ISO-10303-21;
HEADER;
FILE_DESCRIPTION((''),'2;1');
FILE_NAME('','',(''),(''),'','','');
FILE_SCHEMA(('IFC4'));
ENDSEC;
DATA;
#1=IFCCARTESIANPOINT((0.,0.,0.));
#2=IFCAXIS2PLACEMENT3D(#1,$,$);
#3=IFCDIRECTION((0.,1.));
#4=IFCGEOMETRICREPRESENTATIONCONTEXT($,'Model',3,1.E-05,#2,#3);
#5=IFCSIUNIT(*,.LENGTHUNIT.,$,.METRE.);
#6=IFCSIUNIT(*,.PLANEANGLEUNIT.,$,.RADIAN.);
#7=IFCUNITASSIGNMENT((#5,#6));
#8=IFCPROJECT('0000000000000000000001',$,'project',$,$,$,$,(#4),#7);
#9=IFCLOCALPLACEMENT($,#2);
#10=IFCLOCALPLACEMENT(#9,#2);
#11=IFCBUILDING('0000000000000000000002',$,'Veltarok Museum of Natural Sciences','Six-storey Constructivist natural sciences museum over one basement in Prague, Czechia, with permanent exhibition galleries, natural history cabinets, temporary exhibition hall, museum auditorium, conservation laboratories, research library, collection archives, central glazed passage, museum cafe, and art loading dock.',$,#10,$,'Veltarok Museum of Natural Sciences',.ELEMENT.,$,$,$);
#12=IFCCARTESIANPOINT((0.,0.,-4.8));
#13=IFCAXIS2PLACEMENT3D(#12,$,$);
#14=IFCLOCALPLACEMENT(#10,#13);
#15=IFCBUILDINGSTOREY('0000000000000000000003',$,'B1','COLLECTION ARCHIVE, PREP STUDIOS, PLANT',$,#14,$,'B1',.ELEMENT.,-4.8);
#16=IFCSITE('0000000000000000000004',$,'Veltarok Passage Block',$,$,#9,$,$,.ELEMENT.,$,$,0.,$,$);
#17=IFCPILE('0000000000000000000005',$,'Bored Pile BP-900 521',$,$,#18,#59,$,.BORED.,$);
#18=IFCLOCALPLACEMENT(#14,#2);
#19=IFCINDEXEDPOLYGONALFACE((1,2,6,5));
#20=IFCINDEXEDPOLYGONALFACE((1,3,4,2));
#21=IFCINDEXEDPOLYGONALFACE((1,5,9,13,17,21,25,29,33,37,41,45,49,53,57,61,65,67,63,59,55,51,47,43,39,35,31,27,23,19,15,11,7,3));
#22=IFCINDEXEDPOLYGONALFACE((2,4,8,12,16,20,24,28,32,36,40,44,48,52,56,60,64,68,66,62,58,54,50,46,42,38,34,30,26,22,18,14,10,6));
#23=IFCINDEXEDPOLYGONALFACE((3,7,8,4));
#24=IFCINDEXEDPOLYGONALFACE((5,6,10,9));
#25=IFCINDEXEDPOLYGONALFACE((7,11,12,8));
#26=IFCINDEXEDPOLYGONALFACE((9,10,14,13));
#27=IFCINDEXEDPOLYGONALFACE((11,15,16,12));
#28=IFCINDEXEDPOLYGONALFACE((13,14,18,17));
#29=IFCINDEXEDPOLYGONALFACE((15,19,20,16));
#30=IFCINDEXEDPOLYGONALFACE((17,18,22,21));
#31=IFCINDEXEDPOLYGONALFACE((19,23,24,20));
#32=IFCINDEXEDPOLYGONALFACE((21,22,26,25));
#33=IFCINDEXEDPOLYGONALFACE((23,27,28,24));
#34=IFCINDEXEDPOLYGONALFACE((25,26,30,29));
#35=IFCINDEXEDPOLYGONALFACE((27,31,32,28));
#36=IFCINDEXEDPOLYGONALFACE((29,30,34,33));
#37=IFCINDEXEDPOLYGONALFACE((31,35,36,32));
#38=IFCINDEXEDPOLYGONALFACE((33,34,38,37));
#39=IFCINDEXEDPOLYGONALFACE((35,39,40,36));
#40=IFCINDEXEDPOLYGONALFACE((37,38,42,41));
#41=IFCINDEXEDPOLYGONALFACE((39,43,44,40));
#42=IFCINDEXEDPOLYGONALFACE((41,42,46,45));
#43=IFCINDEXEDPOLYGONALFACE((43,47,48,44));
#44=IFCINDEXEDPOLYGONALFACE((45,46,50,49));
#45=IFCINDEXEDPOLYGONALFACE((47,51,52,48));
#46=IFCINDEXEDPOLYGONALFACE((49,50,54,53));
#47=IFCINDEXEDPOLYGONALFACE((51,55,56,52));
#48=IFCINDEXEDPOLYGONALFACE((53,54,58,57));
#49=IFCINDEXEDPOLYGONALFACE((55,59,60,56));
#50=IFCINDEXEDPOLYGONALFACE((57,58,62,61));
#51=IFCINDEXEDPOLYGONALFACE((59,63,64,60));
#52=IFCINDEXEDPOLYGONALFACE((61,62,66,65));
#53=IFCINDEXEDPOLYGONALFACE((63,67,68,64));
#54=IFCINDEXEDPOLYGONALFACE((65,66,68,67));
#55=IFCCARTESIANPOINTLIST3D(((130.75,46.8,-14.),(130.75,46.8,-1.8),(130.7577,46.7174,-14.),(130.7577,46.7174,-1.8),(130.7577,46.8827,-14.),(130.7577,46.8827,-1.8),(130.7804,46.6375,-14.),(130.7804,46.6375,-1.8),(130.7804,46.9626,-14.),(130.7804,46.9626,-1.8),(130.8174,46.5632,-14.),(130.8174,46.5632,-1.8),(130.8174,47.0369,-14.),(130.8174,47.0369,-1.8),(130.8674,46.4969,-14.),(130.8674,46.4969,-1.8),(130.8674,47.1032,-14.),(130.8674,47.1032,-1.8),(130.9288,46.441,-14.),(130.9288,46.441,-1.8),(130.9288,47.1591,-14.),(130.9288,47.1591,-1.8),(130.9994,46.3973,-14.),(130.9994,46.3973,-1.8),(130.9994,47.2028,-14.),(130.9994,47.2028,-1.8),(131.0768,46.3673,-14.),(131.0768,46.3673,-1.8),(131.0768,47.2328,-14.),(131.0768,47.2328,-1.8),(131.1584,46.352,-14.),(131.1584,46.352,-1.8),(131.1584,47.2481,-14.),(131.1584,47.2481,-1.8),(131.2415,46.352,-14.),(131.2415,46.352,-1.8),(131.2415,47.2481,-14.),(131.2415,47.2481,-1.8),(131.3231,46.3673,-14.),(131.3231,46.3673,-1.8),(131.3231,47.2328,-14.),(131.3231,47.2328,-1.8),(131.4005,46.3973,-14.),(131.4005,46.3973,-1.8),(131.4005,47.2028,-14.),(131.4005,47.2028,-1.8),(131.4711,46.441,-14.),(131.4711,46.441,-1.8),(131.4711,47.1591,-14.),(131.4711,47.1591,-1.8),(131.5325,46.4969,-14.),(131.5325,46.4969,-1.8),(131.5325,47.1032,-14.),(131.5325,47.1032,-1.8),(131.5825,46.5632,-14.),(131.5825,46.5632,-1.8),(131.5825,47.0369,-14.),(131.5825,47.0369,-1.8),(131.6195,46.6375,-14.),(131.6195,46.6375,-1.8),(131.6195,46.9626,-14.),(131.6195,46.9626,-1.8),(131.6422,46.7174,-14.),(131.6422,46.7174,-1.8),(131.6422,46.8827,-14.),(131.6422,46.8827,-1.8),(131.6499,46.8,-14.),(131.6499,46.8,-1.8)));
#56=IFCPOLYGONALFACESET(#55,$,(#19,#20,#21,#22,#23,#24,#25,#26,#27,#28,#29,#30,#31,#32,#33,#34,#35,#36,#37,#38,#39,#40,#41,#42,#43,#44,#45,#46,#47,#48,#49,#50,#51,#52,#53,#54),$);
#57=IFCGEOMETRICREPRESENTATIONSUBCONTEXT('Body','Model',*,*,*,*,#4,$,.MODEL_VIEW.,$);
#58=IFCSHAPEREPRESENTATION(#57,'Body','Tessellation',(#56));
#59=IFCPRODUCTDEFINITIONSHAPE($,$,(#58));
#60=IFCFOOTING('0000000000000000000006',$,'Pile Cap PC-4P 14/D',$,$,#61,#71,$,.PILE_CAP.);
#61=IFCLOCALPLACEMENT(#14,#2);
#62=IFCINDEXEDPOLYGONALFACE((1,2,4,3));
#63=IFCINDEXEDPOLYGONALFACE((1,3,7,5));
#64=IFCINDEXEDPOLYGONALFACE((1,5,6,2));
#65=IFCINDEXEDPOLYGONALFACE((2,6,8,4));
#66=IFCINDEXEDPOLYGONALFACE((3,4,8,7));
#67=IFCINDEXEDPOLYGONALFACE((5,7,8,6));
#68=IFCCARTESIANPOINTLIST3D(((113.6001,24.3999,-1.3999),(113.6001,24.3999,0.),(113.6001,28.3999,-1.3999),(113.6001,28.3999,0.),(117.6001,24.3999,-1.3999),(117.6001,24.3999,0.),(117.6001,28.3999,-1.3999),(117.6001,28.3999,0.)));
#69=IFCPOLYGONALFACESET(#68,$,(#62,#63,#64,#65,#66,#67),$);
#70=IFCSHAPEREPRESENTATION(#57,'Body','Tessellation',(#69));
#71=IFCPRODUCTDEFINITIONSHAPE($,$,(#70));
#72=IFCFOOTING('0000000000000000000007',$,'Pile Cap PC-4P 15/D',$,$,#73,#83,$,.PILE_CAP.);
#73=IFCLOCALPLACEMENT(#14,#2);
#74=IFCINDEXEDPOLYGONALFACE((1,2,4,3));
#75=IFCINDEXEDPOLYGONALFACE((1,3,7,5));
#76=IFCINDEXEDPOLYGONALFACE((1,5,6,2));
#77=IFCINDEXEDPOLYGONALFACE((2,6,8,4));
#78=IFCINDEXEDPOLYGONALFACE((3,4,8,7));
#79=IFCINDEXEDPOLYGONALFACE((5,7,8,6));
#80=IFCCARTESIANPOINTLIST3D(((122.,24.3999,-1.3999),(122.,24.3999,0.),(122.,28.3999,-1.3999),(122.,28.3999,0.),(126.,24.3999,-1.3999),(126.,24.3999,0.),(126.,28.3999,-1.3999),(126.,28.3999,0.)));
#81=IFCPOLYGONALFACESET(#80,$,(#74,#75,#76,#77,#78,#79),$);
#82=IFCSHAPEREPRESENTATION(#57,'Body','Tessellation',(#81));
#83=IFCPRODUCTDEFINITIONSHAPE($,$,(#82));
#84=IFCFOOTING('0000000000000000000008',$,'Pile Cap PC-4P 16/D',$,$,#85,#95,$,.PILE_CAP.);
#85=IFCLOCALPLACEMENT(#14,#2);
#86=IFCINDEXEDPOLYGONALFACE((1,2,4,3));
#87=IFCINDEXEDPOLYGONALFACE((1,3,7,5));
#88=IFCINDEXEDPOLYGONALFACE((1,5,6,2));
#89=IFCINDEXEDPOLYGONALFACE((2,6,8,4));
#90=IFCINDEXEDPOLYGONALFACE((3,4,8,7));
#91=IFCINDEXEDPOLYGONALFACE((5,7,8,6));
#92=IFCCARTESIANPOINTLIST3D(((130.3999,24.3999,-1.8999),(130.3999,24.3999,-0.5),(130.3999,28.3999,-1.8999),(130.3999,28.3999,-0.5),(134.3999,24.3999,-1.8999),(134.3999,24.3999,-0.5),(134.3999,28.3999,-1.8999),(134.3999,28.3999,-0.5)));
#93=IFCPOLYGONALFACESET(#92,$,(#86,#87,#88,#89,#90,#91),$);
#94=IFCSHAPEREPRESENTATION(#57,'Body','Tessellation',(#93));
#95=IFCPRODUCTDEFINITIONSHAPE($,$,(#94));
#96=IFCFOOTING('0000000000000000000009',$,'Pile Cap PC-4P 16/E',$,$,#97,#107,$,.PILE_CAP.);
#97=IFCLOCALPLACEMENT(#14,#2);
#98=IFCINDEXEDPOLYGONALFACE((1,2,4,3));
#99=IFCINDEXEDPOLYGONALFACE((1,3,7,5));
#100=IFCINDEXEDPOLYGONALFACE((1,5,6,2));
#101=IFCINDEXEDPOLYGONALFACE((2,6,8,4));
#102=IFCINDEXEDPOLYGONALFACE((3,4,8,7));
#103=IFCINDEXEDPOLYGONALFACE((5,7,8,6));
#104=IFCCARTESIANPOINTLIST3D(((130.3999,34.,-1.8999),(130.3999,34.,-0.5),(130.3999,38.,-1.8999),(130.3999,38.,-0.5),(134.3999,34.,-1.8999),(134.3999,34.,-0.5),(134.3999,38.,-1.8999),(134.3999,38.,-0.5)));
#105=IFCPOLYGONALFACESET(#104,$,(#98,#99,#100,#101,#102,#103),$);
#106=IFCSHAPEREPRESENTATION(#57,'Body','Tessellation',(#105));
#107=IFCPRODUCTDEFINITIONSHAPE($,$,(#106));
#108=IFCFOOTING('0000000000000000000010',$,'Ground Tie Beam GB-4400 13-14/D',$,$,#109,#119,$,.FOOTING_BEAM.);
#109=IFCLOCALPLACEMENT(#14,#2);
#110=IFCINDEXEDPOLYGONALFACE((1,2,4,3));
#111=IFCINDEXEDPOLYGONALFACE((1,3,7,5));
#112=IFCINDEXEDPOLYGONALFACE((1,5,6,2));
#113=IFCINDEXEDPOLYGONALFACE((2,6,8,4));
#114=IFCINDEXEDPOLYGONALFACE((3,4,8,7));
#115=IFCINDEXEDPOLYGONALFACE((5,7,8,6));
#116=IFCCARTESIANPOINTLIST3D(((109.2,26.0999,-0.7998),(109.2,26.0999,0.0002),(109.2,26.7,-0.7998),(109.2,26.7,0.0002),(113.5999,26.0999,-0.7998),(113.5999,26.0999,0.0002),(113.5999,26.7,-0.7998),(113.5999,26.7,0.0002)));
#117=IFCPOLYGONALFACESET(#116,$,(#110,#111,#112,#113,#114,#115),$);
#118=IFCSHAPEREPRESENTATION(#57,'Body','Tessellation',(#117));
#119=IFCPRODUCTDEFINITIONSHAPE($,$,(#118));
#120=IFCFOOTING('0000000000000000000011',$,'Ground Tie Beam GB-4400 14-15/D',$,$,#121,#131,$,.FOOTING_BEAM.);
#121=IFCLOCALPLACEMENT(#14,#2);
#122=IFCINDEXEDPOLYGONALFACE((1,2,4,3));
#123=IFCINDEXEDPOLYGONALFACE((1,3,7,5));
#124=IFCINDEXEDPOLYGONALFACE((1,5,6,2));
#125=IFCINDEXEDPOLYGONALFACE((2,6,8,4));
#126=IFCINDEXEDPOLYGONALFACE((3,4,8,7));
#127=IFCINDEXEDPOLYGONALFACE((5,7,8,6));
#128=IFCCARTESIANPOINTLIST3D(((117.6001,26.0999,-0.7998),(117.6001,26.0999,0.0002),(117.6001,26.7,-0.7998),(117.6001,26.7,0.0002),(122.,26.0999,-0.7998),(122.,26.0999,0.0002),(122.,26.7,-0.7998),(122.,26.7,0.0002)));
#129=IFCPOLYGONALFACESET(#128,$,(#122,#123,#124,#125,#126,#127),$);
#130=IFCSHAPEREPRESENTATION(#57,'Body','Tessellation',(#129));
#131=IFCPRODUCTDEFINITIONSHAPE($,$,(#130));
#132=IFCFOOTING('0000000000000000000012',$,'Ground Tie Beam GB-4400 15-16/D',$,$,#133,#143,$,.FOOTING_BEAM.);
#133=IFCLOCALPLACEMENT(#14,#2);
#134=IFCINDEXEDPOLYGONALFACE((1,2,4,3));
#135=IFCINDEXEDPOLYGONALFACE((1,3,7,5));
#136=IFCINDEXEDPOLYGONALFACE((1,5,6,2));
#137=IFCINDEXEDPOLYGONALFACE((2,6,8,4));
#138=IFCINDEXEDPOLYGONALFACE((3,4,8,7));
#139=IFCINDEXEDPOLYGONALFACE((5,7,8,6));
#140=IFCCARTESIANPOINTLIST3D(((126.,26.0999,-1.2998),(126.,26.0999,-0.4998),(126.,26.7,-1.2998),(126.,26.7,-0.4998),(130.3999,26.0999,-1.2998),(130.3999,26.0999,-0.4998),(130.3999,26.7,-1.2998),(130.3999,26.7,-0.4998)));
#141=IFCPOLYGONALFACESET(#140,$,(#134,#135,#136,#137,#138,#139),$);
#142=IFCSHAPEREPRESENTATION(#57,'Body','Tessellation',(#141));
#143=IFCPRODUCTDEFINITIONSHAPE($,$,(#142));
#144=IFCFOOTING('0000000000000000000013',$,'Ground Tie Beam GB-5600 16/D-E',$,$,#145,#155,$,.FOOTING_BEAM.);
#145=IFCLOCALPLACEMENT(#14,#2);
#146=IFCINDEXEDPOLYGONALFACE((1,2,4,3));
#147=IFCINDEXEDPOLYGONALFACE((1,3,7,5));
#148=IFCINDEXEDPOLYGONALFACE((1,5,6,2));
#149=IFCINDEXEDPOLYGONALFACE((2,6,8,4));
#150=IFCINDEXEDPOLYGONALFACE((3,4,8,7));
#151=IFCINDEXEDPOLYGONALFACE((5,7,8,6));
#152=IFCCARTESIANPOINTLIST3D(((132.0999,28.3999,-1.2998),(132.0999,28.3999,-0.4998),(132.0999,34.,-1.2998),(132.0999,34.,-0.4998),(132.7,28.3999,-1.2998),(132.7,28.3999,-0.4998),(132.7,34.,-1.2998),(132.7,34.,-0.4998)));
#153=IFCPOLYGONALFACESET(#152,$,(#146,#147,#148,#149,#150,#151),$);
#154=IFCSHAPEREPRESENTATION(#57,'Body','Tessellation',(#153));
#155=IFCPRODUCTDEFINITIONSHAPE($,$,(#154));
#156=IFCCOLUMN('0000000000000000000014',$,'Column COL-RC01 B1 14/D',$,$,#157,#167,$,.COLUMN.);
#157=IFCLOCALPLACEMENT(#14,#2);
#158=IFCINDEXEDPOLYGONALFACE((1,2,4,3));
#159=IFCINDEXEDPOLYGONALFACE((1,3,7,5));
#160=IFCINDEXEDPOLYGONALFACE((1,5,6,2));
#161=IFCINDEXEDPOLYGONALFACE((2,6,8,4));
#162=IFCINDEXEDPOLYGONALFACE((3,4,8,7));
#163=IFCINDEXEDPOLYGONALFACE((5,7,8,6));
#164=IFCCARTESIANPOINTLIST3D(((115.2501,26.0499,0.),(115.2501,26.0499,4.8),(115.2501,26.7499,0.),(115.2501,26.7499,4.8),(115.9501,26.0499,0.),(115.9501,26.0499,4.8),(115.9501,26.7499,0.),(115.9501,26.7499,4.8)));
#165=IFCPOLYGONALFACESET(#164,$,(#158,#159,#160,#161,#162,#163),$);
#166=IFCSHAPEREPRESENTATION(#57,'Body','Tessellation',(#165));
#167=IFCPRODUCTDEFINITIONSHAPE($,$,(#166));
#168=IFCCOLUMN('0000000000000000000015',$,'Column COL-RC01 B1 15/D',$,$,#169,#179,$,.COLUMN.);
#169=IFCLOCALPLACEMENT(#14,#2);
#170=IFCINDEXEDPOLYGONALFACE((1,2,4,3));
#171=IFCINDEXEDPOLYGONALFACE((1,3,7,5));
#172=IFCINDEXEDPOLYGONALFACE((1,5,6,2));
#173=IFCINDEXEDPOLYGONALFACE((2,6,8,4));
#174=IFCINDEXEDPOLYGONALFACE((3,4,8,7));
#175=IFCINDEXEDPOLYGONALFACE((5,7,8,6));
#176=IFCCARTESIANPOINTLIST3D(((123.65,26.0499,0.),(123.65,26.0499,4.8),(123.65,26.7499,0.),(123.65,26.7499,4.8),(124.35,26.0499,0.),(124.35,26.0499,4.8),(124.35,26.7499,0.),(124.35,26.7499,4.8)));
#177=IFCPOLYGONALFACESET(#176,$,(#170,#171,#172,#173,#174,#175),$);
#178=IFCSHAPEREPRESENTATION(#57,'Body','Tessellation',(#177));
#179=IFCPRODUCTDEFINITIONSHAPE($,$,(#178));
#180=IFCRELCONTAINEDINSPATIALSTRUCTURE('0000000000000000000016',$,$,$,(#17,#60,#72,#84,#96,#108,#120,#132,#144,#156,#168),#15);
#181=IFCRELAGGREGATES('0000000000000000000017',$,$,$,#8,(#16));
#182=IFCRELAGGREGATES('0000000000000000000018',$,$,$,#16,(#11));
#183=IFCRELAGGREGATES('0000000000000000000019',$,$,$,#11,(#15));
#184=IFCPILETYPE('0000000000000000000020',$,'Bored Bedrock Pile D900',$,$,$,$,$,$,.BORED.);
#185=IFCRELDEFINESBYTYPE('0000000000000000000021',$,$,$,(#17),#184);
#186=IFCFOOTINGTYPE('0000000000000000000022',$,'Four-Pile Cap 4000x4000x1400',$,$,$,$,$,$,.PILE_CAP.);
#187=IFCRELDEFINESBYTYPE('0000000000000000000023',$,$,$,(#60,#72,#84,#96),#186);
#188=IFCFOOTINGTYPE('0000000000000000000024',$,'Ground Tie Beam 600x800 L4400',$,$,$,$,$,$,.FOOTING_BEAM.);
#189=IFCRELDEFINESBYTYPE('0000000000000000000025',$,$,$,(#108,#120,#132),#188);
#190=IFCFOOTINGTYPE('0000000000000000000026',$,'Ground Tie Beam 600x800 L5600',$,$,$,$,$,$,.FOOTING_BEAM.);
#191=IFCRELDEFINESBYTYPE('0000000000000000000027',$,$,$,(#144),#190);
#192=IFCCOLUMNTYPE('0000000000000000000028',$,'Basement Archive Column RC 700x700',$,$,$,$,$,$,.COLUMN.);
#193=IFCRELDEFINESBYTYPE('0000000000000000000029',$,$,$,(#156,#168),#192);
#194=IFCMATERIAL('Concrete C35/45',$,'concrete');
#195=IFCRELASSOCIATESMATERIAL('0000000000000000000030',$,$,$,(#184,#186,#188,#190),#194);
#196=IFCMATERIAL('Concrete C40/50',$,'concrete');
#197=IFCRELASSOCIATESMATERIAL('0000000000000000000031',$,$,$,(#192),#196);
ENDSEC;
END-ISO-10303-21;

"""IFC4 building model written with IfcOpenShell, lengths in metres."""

from ifc_helpers import new_model, si_unit, direction, frame, origin, origin_2d, place, context, subcontext, project, spatial, rectangle, circle, extrude, material, material_profile, profile_set, type_object, element, save


model = new_model("IFC4")

# Units and contexts
model_context = context("Model", 3, precision=1e-05, world=origin(), true_north=direction((0.0, 1.0)))
body_context = subcontext(model_context, "Body", "Model", "MODEL_VIEW")
ifc_project = project(units=[si_unit("LENGTHUNIT", "METRE"), si_unit("PLANEANGLEUNIT", "RADIAN")], contexts=[model_context])

# Site, building, storey
site_placement = place(None, origin())
site = spatial("IfcSite", under=ifc_project, at=site_placement, Name="Veltarok Passage Block", CompositionType="ELEMENT", RefElevation=0.0)
building_placement = place(site_placement, origin())
building = spatial("IfcBuilding", under=site, at=building_placement, Name="Veltarok Museum of Natural Sciences", Description="Six-storey Constructivist natural sciences museum over one basement in Prague, Czechia, with permanent exhibition galleries, natural history cabinets, temporary exhibition hall, museum auditorium, conservation laboratories, research library, collection archives, central glazed passage, museum cafe, and art loading dock.", LongName="Veltarok Museum of Natural Sciences", CompositionType="ELEMENT")
storey_placement = place(building_placement, frame((0.0, 0.0, -4.8)))
storey = spatial("IfcBuildingStorey", under=building, at=storey_placement, Name="B1", Description="COLLECTION ARCHIVE, PREP STUDIOS, PLANT", LongName="B1", CompositionType="ELEMENT", Elevation=-4.8)

# Pile
ifc_material_1 = material(Name="Concrete C35/45", Category="concrete")
ifc_material_profile_1 = material_profile(ifc_material_1, circle(Radius=0.45, at=origin_2d()), Name="BP D900")
ifc_profile_set_1 = profile_set([ifc_material_profile_1], Name="Concrete C35/45")
pile_type = type_object("IfcPileType", Name="Bored Bedrock Pile D900", PredefinedType="BORED", material=ifc_profile_set_1)
for number, where, z_axis, x_axis, name in (
    (1, (131.2, 46.8, -1.8), (0.0, 0.0, -1.0), (1.0, 0.0, 0.0), "Bored Pile BP-900 521"),
):
    element("IfcPile", number, at=place(storey_placement, frame(where, z_axis=z_axis, x_axis=x_axis)), inside=storey, type_object=pile_type, Name=name, PredefinedType="BORED", context=body_context, shape_type="SweptSolid", body=[
        extrude(circle(Radius=0.45, at=origin_2d()), origin(), (0.0, 0.0, 1.0), 12.2),
    ])

# Footings
footing_type_1 = type_object("IfcFootingType", Name="Four-Pile Cap 4000x4000x1400", PredefinedType="PILE_CAP", material=ifc_material_1)
for number, where, z_axis, x_axis, name in (
    (2, (115.6001, 26.3999, -1.3999), (0.0, 0.0, 1.0), (1.0, 0.0, 0.0), "Pile Cap PC-4P 14/D"),
    (3, (124.0, 26.3999, -1.3999), (0.0, 0.0, 1.0), (1.0, 0.0, 0.0), "Pile Cap PC-4P 15/D"),
    (4, (132.3999, 26.3999, -1.8999), (0.0, 0.0, 1.0), (1.0, 0.0, 0.0), "Pile Cap PC-4P 16/D"),
    (5, (132.3999, 36.0, -1.8999), (0.0, 0.0, 1.0), (1.0, 0.0, 0.0), "Pile Cap PC-4P 16/E"),
):
    element("IfcFooting", number, at=place(storey_placement, frame(where, z_axis=z_axis, x_axis=x_axis)), inside=storey, type_object=footing_type_1, Name=name, PredefinedType="PILE_CAP", context=body_context, shape_type="SweptSolid", body=[
        extrude(rectangle(XDim=4.0, YDim=4.0, at=origin_2d()), origin(), (0.0, 0.0, 1.0), 1.3999),
    ])
footing_type_2 = type_object("IfcFootingType", Name="Ground Tie Beam 600x800 L4400", PredefinedType="FOOTING_BEAM", material=ifc_material_1)
for number, where, z_axis, x_axis, name in (
    (6, (111.3999, 26.3999, -0.7998), (0.0, 0.0, 1.0), (1.0, 0.0, 0.0), "Ground Tie Beam GB-4400 13-14/D"),
    (7, (119.8, 26.3999, -0.7998), (0.0, 0.0, 1.0), (1.0, 0.0, 0.0), "Ground Tie Beam GB-4400 14-15/D"),
    (8, (128.2, 26.3999, -1.2998), (0.0, 0.0, 1.0), (1.0, 0.0, 0.0), "Ground Tie Beam GB-4400 15-16/D"),
):
    element("IfcFooting", number, at=place(storey_placement, frame(where, z_axis=z_axis, x_axis=x_axis)), inside=storey, type_object=footing_type_2, Name=name, PredefinedType="FOOTING_BEAM", context=body_context, shape_type="SweptSolid", body=[
        extrude(rectangle(XDim=4.3999, YDim=0.6001, at=origin_2d()), origin(), (0.0, 0.0, 1.0), 0.8),
    ])
footing_type_3 = type_object("IfcFootingType", Name="Ground Tie Beam 600x800 L5600", PredefinedType="FOOTING_BEAM", material=ifc_material_1)
footing_placement = place(storey_placement, frame((132.3999, 31.2, -1.2998), z_axis=(0.0, 0.0, 1.0), x_axis=(0.0, 1.0, 0.0)))
element("IfcFooting", 9, at=footing_placement, inside=storey, type_object=footing_type_3, Name="Ground Tie Beam GB-5600 16/D-E", PredefinedType="FOOTING_BEAM", context=body_context, shape_type="SweptSolid", body=[
    extrude(rectangle(XDim=5.6001, YDim=0.6001, at=origin_2d()), origin(), (0.0, 0.0, 1.0), 0.8),
])

# Columns
ifc_material_2 = material(Name="Concrete C40/50", Category="concrete")
ifc_material_profile_2 = material_profile(ifc_material_2, rectangle(XDim=0.7, YDim=0.7, at=origin_2d()), Name="RC 700x700")
ifc_profile_set_2 = profile_set([ifc_material_profile_2], Name="Concrete C40/50")
column_type_1 = type_object("IfcColumnType", Name="Basement Archive Column RC 700x700", PredefinedType="COLUMN", material=ifc_profile_set_2)
for number, where, z_axis, x_axis, name in (
    (10, (115.6001, 26.3999, 0.0), (0.0, 0.0, 1.0), (1.0, 0.0, 0.0), "Column COL-RC01 B1 14/D"),
    (11, (124.0, 26.3999, 0.0), (0.0, 0.0, 1.0), (1.0, 0.0, 0.0), "Column COL-RC01 B1 15/D"),
):
    element("IfcColumn", number, at=place(storey_placement, frame(where, z_axis=z_axis, x_axis=x_axis)), inside=storey, type_object=column_type_1, Name=name, PredefinedType="COLUMN", context=body_context, shape_type="SweptSolid", body=[
        extrude(rectangle(XDim=0.7, YDim=0.7, at=origin_2d()), origin(), (0.0, 0.0, 1.0), 4.8),
    ])

save(model, "model.ifc")
